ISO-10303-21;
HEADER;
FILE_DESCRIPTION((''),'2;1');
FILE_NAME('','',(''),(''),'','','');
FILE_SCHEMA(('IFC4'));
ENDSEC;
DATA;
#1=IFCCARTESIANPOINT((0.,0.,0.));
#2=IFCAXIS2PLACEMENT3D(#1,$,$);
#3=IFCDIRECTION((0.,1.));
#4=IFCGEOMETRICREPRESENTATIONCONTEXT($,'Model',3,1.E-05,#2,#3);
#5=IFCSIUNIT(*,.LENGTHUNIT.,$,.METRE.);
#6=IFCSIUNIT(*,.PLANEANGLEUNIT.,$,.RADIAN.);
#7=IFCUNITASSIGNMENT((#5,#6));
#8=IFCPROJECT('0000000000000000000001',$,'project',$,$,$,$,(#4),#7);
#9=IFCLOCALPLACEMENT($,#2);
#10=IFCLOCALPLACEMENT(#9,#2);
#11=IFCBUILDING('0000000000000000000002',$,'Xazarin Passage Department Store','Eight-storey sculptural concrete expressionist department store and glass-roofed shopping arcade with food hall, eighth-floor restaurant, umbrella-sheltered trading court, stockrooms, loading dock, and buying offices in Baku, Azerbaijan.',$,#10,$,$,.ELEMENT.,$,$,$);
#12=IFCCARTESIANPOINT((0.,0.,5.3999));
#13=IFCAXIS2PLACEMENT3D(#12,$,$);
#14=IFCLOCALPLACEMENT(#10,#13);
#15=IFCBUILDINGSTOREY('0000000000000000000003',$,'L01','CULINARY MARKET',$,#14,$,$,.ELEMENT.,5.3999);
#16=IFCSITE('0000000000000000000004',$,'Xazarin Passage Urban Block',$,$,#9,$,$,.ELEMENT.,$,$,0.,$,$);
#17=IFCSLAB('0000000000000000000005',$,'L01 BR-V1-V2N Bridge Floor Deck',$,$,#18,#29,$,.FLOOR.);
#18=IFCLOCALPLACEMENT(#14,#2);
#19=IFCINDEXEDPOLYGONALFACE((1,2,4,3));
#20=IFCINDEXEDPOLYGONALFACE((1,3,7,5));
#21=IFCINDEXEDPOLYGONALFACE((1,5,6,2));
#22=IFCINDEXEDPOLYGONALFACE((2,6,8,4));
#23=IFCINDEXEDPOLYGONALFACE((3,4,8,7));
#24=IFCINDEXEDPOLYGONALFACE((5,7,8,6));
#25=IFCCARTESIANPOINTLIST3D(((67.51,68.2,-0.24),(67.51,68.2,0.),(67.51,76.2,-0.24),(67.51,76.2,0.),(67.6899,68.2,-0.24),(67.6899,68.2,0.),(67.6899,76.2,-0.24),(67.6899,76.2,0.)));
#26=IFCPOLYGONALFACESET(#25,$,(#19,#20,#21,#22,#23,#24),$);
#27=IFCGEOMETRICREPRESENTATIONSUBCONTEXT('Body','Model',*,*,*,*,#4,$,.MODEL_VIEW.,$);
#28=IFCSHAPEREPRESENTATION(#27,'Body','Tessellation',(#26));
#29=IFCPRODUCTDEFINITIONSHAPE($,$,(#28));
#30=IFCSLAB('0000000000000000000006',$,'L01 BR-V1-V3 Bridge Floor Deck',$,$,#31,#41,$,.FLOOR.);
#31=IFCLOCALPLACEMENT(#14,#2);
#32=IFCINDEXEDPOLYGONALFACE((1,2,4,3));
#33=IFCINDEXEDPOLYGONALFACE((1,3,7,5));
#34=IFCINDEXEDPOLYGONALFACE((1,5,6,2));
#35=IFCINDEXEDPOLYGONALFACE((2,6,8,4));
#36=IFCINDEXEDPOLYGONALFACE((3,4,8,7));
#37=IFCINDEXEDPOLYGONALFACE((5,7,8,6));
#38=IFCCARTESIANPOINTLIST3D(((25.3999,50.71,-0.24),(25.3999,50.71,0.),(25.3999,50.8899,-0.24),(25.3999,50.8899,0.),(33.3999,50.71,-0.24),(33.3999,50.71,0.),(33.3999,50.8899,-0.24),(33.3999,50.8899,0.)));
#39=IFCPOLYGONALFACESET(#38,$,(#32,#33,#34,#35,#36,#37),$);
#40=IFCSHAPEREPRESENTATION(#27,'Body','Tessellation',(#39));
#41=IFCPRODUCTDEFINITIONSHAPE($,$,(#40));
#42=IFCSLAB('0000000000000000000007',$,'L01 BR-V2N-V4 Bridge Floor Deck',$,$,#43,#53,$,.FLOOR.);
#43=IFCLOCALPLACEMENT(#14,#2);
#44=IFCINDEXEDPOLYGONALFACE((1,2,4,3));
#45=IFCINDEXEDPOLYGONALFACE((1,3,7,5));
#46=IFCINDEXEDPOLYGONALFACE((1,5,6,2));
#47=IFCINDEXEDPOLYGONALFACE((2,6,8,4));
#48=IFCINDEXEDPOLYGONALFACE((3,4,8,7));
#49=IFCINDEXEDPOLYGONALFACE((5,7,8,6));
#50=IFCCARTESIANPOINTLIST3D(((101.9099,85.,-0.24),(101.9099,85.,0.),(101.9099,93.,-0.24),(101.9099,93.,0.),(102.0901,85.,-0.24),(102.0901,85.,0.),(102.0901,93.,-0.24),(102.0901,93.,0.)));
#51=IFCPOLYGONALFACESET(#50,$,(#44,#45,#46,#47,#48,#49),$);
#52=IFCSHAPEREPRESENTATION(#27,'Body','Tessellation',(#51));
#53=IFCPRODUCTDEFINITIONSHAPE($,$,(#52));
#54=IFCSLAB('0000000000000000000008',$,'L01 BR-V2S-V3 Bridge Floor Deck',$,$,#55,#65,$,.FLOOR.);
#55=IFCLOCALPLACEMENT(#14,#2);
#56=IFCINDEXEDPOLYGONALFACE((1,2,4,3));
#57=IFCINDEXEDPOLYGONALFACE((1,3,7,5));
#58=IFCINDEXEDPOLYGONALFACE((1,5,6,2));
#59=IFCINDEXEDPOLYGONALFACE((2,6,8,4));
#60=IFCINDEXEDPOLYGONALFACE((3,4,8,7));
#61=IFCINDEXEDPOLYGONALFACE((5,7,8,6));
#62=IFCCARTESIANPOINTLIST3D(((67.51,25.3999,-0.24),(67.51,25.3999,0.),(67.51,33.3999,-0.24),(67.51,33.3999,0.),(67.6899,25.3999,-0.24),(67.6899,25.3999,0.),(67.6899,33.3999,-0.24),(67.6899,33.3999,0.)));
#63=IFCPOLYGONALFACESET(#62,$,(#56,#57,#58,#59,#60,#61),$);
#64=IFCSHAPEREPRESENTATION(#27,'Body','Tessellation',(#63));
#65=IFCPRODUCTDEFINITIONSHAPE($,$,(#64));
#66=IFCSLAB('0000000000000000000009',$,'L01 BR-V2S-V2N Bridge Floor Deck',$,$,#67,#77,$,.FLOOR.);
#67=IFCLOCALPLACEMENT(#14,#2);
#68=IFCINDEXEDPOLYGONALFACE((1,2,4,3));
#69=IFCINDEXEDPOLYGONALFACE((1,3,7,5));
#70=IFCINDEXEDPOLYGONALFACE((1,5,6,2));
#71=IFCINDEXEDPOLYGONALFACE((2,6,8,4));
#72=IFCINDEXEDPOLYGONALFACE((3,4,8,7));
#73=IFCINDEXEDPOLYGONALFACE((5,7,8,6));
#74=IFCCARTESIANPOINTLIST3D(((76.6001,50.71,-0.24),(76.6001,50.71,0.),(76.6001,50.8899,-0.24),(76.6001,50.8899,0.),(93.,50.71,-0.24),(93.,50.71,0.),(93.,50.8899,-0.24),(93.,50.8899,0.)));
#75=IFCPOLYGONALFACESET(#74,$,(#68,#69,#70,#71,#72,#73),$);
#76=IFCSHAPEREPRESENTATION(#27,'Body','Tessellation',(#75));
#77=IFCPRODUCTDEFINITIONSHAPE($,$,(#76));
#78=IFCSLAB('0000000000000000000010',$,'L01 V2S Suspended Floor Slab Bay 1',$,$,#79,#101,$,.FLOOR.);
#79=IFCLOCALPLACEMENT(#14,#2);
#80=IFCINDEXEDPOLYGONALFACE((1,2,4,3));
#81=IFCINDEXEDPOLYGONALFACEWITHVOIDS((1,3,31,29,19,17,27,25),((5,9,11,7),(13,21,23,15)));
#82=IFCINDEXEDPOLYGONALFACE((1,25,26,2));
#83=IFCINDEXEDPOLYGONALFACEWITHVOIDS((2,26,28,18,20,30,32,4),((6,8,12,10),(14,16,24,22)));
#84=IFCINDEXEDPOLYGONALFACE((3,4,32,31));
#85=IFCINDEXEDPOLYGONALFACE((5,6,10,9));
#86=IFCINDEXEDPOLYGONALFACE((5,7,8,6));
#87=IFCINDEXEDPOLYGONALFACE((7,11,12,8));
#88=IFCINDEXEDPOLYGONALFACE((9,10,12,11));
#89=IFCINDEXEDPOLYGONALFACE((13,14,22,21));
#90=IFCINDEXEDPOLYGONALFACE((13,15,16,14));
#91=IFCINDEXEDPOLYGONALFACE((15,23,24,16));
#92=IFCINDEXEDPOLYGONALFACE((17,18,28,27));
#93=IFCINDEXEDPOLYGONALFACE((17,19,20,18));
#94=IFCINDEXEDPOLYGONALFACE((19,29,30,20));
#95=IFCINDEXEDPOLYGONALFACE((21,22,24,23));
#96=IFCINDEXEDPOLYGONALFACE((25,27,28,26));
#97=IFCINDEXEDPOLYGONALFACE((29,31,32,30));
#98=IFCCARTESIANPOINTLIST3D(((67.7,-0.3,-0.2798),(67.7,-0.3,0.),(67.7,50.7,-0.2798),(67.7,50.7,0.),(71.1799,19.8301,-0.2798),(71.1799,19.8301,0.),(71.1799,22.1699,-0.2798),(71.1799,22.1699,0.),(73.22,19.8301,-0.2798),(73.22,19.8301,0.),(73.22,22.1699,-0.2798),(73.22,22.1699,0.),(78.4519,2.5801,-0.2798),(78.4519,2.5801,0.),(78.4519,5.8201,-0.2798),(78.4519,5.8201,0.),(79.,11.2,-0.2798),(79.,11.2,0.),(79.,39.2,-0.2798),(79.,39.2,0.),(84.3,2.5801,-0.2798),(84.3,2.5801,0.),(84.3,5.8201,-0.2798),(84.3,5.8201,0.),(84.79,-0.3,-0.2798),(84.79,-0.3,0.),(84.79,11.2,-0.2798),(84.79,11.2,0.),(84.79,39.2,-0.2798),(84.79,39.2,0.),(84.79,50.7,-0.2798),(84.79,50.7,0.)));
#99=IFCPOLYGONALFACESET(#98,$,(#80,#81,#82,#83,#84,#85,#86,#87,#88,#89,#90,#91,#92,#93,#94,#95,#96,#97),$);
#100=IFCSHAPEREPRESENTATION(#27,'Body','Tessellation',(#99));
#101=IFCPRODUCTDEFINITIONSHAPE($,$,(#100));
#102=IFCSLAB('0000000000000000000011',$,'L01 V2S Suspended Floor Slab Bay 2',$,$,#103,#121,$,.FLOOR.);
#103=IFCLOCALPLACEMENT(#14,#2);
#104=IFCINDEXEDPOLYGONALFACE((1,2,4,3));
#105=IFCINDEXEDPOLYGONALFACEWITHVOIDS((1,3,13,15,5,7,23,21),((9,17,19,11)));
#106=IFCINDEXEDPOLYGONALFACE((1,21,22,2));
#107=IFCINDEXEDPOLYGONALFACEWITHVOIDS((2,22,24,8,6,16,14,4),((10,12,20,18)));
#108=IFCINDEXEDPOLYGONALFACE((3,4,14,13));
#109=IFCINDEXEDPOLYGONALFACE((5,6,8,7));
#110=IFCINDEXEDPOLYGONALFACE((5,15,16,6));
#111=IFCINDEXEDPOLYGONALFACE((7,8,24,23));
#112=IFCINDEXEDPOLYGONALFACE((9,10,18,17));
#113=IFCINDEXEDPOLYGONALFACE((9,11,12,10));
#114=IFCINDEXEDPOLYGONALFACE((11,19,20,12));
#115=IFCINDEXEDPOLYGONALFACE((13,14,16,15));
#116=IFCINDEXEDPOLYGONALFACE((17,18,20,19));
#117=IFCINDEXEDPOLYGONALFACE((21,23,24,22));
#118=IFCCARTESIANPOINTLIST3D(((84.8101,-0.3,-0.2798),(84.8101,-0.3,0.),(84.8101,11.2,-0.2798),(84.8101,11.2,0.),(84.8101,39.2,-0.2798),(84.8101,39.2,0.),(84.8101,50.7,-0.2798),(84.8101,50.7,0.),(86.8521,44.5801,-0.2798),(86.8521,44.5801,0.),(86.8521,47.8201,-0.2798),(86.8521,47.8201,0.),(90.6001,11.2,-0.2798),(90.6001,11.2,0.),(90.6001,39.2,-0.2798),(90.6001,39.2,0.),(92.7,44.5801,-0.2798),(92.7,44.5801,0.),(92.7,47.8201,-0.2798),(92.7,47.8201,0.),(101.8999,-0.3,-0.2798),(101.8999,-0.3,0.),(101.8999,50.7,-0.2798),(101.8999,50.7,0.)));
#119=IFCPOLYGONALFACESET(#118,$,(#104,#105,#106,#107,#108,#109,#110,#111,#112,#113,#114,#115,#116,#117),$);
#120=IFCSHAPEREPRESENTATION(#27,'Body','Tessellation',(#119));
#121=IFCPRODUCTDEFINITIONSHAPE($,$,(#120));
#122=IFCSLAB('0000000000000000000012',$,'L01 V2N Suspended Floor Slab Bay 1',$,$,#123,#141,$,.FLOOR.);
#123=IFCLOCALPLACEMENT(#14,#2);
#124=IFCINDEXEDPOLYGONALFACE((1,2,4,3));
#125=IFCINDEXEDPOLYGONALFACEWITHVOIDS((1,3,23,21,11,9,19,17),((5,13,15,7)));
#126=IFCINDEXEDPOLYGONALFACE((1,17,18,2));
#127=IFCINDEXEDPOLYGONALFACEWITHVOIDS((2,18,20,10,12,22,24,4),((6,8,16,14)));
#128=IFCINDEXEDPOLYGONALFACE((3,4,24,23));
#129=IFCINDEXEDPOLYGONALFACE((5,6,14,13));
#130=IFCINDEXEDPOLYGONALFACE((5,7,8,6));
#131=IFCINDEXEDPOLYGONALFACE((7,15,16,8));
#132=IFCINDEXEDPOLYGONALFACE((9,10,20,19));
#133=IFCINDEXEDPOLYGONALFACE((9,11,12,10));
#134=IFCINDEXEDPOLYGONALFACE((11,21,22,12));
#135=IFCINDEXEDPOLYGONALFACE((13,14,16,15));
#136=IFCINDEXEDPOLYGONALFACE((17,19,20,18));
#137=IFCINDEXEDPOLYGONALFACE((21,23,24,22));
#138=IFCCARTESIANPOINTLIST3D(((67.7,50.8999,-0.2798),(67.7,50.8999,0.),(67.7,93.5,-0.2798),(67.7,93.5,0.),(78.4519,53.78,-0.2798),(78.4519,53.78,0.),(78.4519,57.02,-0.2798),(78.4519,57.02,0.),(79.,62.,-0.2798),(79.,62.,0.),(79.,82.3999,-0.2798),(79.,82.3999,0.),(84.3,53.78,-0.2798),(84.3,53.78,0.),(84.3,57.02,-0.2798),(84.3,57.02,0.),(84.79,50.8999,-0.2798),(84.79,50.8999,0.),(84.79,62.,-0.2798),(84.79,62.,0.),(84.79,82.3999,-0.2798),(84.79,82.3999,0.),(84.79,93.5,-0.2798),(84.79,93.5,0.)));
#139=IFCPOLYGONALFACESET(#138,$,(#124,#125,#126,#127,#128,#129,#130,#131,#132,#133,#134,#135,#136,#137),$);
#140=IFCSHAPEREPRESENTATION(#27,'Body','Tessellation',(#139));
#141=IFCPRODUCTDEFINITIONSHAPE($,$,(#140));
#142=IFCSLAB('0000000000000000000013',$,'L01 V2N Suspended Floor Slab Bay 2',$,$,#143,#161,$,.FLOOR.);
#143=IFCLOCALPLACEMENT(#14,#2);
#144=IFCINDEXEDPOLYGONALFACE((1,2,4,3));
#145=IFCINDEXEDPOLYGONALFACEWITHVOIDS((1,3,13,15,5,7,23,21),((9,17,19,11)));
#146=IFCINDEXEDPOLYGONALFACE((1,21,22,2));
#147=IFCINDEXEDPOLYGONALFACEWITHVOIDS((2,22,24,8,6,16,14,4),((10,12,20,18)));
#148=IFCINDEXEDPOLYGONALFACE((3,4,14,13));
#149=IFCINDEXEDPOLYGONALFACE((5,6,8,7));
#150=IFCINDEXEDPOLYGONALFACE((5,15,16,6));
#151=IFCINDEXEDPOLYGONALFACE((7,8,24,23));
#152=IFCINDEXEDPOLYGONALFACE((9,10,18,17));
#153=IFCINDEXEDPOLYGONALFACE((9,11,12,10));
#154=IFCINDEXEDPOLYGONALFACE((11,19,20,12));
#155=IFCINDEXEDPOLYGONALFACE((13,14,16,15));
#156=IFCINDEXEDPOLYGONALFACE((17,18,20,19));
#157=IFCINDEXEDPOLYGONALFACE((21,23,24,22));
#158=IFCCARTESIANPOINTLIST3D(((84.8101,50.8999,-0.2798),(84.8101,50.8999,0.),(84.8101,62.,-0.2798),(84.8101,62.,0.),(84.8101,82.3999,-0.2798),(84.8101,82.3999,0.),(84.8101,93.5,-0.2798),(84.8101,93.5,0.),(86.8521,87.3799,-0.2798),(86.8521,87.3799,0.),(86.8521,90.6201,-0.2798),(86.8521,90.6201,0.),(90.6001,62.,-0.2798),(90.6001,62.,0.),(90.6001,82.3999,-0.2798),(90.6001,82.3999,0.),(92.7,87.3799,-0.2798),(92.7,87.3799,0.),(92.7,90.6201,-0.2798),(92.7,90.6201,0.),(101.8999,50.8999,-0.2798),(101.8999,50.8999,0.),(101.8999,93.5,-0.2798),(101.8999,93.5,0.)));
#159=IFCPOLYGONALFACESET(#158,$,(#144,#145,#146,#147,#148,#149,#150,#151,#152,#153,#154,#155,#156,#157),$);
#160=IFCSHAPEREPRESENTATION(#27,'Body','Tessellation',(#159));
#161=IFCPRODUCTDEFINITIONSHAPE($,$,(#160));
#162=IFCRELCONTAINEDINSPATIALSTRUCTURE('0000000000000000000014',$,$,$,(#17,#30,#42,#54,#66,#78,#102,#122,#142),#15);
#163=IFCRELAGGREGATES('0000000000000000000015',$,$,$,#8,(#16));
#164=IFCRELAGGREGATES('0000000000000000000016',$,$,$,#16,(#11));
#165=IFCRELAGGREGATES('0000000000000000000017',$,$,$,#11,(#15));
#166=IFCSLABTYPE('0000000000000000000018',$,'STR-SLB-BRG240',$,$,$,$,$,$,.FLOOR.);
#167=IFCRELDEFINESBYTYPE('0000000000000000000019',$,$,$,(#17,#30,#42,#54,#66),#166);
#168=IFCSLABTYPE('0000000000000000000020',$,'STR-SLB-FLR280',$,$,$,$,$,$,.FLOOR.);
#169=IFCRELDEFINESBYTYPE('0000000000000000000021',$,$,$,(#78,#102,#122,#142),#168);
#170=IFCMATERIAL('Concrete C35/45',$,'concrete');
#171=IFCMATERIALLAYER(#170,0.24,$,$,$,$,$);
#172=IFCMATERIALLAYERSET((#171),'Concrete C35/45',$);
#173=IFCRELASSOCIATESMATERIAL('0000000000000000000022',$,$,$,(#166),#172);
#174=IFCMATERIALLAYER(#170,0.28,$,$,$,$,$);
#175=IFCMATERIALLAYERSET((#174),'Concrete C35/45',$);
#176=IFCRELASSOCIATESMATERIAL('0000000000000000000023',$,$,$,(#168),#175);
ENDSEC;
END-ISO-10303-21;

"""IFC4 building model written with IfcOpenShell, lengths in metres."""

from ifc_helpers import new_model, si_unit, direction, frame, origin, place, context, subcontext, project, spatial, polyline, outline, extrude, material, layer, layer_set, type_object, element, save


model = new_model("IFC4")

# Units and contexts
model_context = context("Model", 3, precision=1e-05, world=origin(), true_north=direction((0.0, 1.0)))
body_context = subcontext(model_context, "Body", "Model", "MODEL_VIEW")
ifc_project = project(units=[si_unit("LENGTHUNIT", "METRE"), si_unit("PLANEANGLEUNIT", "RADIAN")], contexts=[model_context])

# Site, building, storey
site_placement = place(None, origin())
site = spatial("IfcSite", under=ifc_project, at=site_placement, Name="Xazarin Passage Urban Block", CompositionType="ELEMENT", RefElevation=0.0)
building_placement = place(site_placement, origin())
building = spatial("IfcBuilding", under=site, at=building_placement, Name="Xazarin Passage Department Store", Description="Eight-storey sculptural concrete expressionist department store and glass-roofed shopping arcade with food hall, eighth-floor restaurant, umbrella-sheltered trading court, stockrooms, loading dock, and buying offices in Baku, Azerbaijan.", CompositionType="ELEMENT")
storey_placement = place(building_placement, frame((0.0, 0.0, 5.3999)))
storey = spatial("IfcBuildingStorey", under=building, at=storey_placement, Name="L01", Description="CULINARY MARKET", CompositionType="ELEMENT", Elevation=5.3999)

# Slabs
ifc_material_1 = material(Name="Concrete C35/45", Category="concrete")
ifc_layer_1 = layer(ifc_material_1, 0.24)
ifc_layer_set_1 = layer_set([ifc_layer_1], Name="Concrete C35/45")
slab_type_1 = type_object("IfcSlabType", Name="STR-SLB-BRG240", PredefinedType="FLOOR", material=ifc_layer_set_1)
slab_1_placement = place(storey_placement, frame((0.0, 0.0, -0.24)))
element("IfcSlab", 1, at=slab_1_placement, inside=storey, type_object=slab_type_1, Name="L01 BR-V1-V2N Bridge Floor Deck", PredefinedType="FLOOR", context=body_context, shape_type="SweptSolid", body=[
    extrude(outline(polyline([(67.51, 68.2), (67.6899, 68.2), (67.6899, 76.2), (67.51, 76.2), (67.51, 68.2)])), origin(), (0.0, 0.0, 1.0), 0.24),
])
slab_2_placement = place(storey_placement, frame((0.0, 0.0, -0.24)))
element("IfcSlab", 2, at=slab_2_placement, inside=storey, type_object=slab_type_1, Name="L01 BR-V1-V3 Bridge Floor Deck", PredefinedType="FLOOR", context=body_context, shape_type="SweptSolid", body=[
    extrude(outline(polyline([(25.3999, 50.71), (33.3999, 50.71), (33.3999, 50.8899), (25.3999, 50.8899), (25.3999, 50.71)])), origin(), (0.0, 0.0, 1.0), 0.24),
])
slab_3_placement = place(storey_placement, frame((0.0, 0.0, -0.24)))
element("IfcSlab", 3, at=slab_3_placement, inside=storey, type_object=slab_type_1, Name="L01 BR-V2N-V4 Bridge Floor Deck", PredefinedType="FLOOR", context=body_context, shape_type="SweptSolid", body=[
    extrude(outline(polyline([(101.9099, 85.0), (102.0901, 85.0), (102.0901, 93.0), (101.9099, 93.0), (101.9099, 85.0)])), origin(), (0.0, 0.0, 1.0), 0.24),
])
slab_4_placement = place(storey_placement, frame((0.0, 0.0, -0.24)))
element("IfcSlab", 4, at=slab_4_placement, inside=storey, type_object=slab_type_1, Name="L01 BR-V2S-V3 Bridge Floor Deck", PredefinedType="FLOOR", context=body_context, shape_type="SweptSolid", body=[
    extrude(outline(polyline([(67.51, 25.3999), (67.6899, 25.3999), (67.6899, 33.3999), (67.51, 33.3999), (67.51, 25.3999)])), origin(), (0.0, 0.0, 1.0), 0.24),
])
slab_5_placement = place(storey_placement, frame((0.0, 0.0, -0.24)))
element("IfcSlab", 5, at=slab_5_placement, inside=storey, type_object=slab_type_1, Name="L01 BR-V2S-V2N Bridge Floor Deck", PredefinedType="FLOOR", context=body_context, shape_type="SweptSolid", body=[
    extrude(outline(polyline([(76.6001, 50.71), (93.0, 50.71), (93.0, 50.8899), (76.6001, 50.8899), (76.6001, 50.71)])), origin(), (0.0, 0.0, 1.0), 0.24),
])
ifc_layer_2 = layer(ifc_material_1, 0.28)
ifc_layer_set_2 = layer_set([ifc_layer_2], Name="Concrete C35/45")
slab_type_2 = type_object("IfcSlabType", Name="STR-SLB-FLR280", PredefinedType="FLOOR", material=ifc_layer_set_2)
slab_6_placement = place(storey_placement, frame((0.0, 0.0, -0.2798)))
element("IfcSlab", 6, at=slab_6_placement, inside=storey, type_object=slab_type_2, Name="L01 V2S Suspended Floor Slab Bay 1", PredefinedType="FLOOR", context=body_context, shape_type="SweptSolid", body=[
    extrude(outline(polyline([(67.7, -0.3), (84.79, -0.3), (84.79, 11.2), (79.0, 11.2), (79.0, 39.2), (84.79, 39.2), (84.79, 50.7), (67.7, 50.7), (67.7, -0.3)]), holes=[polyline([(78.4519, 5.8201), (84.3, 5.8201), (84.3, 2.5801), (78.4519, 2.5801), (78.4519, 5.8201)]), polyline([(71.1799, 19.8301), (71.1799, 22.1699), (73.22, 22.1699), (73.22, 19.8301), (71.1799, 19.8301)])]), origin(), (0.0, 0.0, 1.0), 0.2798),
])
slab_7_placement = place(storey_placement, frame((0.0, 0.0, -0.2798)))
element("IfcSlab", 7, at=slab_7_placement, inside=storey, type_object=slab_type_2, Name="L01 V2S Suspended Floor Slab Bay 2", PredefinedType="FLOOR", context=body_context, shape_type="SweptSolid", body=[
    extrude(outline(polyline([(84.8101, 50.7), (84.8101, 39.2), (90.6001, 39.2), (90.6001, 11.2), (84.8101, 11.2), (84.8101, -0.3), (101.8999, -0.3), (101.8999, 50.7), (84.8101, 50.7)]), holes=[polyline([(86.8521, 47.8201), (92.7, 47.8201), (92.7, 44.5801), (86.8521, 44.5801), (86.8521, 47.8201)])]), origin(), (0.0, 0.0, 1.0), 0.2798),
])
slab_8_placement = place(storey_placement, frame((0.0, 0.0, -0.2798)))
element("IfcSlab", 8, at=slab_8_placement, inside=storey, type_object=slab_type_2, Name="L01 V2N Suspended Floor Slab Bay 1", PredefinedType="FLOOR", context=body_context, shape_type="SweptSolid", body=[
    extrude(outline(polyline([(67.7, 50.8999), (84.79, 50.8999), (84.79, 62.0), (79.0, 62.0), (79.0, 82.3999), (84.79, 82.3999), (84.79, 93.5), (67.7, 93.5), (67.7, 50.8999)]), holes=[polyline([(78.4519, 53.78), (78.4519, 57.02), (84.3, 57.02), (84.3, 53.78), (78.4519, 53.78)])]), origin(), (0.0, 0.0, 1.0), 0.2798),
])
slab_9_placement = place(storey_placement, frame((0.0, 0.0, -0.2798)))
element("IfcSlab", 9, at=slab_9_placement, inside=storey, type_object=slab_type_2, Name="L01 V2N Suspended Floor Slab Bay 2", PredefinedType="FLOOR", context=body_context, shape_type="SweptSolid", body=[
    extrude(outline(polyline([(84.8101, 93.5), (84.8101, 82.3999), (90.6001, 82.3999), (90.6001, 62.0), (84.8101, 62.0), (84.8101, 50.8999), (101.8999, 50.8999), (101.8999, 93.5), (84.8101, 93.5)]), holes=[polyline([(86.8521, 90.6201), (92.7, 90.6201), (92.7, 87.3799), (86.8521, 87.3799), (86.8521, 90.6201)])]), origin(), (0.0, 0.0, 1.0), 0.2798),
])

save(model, "model.ifc")
